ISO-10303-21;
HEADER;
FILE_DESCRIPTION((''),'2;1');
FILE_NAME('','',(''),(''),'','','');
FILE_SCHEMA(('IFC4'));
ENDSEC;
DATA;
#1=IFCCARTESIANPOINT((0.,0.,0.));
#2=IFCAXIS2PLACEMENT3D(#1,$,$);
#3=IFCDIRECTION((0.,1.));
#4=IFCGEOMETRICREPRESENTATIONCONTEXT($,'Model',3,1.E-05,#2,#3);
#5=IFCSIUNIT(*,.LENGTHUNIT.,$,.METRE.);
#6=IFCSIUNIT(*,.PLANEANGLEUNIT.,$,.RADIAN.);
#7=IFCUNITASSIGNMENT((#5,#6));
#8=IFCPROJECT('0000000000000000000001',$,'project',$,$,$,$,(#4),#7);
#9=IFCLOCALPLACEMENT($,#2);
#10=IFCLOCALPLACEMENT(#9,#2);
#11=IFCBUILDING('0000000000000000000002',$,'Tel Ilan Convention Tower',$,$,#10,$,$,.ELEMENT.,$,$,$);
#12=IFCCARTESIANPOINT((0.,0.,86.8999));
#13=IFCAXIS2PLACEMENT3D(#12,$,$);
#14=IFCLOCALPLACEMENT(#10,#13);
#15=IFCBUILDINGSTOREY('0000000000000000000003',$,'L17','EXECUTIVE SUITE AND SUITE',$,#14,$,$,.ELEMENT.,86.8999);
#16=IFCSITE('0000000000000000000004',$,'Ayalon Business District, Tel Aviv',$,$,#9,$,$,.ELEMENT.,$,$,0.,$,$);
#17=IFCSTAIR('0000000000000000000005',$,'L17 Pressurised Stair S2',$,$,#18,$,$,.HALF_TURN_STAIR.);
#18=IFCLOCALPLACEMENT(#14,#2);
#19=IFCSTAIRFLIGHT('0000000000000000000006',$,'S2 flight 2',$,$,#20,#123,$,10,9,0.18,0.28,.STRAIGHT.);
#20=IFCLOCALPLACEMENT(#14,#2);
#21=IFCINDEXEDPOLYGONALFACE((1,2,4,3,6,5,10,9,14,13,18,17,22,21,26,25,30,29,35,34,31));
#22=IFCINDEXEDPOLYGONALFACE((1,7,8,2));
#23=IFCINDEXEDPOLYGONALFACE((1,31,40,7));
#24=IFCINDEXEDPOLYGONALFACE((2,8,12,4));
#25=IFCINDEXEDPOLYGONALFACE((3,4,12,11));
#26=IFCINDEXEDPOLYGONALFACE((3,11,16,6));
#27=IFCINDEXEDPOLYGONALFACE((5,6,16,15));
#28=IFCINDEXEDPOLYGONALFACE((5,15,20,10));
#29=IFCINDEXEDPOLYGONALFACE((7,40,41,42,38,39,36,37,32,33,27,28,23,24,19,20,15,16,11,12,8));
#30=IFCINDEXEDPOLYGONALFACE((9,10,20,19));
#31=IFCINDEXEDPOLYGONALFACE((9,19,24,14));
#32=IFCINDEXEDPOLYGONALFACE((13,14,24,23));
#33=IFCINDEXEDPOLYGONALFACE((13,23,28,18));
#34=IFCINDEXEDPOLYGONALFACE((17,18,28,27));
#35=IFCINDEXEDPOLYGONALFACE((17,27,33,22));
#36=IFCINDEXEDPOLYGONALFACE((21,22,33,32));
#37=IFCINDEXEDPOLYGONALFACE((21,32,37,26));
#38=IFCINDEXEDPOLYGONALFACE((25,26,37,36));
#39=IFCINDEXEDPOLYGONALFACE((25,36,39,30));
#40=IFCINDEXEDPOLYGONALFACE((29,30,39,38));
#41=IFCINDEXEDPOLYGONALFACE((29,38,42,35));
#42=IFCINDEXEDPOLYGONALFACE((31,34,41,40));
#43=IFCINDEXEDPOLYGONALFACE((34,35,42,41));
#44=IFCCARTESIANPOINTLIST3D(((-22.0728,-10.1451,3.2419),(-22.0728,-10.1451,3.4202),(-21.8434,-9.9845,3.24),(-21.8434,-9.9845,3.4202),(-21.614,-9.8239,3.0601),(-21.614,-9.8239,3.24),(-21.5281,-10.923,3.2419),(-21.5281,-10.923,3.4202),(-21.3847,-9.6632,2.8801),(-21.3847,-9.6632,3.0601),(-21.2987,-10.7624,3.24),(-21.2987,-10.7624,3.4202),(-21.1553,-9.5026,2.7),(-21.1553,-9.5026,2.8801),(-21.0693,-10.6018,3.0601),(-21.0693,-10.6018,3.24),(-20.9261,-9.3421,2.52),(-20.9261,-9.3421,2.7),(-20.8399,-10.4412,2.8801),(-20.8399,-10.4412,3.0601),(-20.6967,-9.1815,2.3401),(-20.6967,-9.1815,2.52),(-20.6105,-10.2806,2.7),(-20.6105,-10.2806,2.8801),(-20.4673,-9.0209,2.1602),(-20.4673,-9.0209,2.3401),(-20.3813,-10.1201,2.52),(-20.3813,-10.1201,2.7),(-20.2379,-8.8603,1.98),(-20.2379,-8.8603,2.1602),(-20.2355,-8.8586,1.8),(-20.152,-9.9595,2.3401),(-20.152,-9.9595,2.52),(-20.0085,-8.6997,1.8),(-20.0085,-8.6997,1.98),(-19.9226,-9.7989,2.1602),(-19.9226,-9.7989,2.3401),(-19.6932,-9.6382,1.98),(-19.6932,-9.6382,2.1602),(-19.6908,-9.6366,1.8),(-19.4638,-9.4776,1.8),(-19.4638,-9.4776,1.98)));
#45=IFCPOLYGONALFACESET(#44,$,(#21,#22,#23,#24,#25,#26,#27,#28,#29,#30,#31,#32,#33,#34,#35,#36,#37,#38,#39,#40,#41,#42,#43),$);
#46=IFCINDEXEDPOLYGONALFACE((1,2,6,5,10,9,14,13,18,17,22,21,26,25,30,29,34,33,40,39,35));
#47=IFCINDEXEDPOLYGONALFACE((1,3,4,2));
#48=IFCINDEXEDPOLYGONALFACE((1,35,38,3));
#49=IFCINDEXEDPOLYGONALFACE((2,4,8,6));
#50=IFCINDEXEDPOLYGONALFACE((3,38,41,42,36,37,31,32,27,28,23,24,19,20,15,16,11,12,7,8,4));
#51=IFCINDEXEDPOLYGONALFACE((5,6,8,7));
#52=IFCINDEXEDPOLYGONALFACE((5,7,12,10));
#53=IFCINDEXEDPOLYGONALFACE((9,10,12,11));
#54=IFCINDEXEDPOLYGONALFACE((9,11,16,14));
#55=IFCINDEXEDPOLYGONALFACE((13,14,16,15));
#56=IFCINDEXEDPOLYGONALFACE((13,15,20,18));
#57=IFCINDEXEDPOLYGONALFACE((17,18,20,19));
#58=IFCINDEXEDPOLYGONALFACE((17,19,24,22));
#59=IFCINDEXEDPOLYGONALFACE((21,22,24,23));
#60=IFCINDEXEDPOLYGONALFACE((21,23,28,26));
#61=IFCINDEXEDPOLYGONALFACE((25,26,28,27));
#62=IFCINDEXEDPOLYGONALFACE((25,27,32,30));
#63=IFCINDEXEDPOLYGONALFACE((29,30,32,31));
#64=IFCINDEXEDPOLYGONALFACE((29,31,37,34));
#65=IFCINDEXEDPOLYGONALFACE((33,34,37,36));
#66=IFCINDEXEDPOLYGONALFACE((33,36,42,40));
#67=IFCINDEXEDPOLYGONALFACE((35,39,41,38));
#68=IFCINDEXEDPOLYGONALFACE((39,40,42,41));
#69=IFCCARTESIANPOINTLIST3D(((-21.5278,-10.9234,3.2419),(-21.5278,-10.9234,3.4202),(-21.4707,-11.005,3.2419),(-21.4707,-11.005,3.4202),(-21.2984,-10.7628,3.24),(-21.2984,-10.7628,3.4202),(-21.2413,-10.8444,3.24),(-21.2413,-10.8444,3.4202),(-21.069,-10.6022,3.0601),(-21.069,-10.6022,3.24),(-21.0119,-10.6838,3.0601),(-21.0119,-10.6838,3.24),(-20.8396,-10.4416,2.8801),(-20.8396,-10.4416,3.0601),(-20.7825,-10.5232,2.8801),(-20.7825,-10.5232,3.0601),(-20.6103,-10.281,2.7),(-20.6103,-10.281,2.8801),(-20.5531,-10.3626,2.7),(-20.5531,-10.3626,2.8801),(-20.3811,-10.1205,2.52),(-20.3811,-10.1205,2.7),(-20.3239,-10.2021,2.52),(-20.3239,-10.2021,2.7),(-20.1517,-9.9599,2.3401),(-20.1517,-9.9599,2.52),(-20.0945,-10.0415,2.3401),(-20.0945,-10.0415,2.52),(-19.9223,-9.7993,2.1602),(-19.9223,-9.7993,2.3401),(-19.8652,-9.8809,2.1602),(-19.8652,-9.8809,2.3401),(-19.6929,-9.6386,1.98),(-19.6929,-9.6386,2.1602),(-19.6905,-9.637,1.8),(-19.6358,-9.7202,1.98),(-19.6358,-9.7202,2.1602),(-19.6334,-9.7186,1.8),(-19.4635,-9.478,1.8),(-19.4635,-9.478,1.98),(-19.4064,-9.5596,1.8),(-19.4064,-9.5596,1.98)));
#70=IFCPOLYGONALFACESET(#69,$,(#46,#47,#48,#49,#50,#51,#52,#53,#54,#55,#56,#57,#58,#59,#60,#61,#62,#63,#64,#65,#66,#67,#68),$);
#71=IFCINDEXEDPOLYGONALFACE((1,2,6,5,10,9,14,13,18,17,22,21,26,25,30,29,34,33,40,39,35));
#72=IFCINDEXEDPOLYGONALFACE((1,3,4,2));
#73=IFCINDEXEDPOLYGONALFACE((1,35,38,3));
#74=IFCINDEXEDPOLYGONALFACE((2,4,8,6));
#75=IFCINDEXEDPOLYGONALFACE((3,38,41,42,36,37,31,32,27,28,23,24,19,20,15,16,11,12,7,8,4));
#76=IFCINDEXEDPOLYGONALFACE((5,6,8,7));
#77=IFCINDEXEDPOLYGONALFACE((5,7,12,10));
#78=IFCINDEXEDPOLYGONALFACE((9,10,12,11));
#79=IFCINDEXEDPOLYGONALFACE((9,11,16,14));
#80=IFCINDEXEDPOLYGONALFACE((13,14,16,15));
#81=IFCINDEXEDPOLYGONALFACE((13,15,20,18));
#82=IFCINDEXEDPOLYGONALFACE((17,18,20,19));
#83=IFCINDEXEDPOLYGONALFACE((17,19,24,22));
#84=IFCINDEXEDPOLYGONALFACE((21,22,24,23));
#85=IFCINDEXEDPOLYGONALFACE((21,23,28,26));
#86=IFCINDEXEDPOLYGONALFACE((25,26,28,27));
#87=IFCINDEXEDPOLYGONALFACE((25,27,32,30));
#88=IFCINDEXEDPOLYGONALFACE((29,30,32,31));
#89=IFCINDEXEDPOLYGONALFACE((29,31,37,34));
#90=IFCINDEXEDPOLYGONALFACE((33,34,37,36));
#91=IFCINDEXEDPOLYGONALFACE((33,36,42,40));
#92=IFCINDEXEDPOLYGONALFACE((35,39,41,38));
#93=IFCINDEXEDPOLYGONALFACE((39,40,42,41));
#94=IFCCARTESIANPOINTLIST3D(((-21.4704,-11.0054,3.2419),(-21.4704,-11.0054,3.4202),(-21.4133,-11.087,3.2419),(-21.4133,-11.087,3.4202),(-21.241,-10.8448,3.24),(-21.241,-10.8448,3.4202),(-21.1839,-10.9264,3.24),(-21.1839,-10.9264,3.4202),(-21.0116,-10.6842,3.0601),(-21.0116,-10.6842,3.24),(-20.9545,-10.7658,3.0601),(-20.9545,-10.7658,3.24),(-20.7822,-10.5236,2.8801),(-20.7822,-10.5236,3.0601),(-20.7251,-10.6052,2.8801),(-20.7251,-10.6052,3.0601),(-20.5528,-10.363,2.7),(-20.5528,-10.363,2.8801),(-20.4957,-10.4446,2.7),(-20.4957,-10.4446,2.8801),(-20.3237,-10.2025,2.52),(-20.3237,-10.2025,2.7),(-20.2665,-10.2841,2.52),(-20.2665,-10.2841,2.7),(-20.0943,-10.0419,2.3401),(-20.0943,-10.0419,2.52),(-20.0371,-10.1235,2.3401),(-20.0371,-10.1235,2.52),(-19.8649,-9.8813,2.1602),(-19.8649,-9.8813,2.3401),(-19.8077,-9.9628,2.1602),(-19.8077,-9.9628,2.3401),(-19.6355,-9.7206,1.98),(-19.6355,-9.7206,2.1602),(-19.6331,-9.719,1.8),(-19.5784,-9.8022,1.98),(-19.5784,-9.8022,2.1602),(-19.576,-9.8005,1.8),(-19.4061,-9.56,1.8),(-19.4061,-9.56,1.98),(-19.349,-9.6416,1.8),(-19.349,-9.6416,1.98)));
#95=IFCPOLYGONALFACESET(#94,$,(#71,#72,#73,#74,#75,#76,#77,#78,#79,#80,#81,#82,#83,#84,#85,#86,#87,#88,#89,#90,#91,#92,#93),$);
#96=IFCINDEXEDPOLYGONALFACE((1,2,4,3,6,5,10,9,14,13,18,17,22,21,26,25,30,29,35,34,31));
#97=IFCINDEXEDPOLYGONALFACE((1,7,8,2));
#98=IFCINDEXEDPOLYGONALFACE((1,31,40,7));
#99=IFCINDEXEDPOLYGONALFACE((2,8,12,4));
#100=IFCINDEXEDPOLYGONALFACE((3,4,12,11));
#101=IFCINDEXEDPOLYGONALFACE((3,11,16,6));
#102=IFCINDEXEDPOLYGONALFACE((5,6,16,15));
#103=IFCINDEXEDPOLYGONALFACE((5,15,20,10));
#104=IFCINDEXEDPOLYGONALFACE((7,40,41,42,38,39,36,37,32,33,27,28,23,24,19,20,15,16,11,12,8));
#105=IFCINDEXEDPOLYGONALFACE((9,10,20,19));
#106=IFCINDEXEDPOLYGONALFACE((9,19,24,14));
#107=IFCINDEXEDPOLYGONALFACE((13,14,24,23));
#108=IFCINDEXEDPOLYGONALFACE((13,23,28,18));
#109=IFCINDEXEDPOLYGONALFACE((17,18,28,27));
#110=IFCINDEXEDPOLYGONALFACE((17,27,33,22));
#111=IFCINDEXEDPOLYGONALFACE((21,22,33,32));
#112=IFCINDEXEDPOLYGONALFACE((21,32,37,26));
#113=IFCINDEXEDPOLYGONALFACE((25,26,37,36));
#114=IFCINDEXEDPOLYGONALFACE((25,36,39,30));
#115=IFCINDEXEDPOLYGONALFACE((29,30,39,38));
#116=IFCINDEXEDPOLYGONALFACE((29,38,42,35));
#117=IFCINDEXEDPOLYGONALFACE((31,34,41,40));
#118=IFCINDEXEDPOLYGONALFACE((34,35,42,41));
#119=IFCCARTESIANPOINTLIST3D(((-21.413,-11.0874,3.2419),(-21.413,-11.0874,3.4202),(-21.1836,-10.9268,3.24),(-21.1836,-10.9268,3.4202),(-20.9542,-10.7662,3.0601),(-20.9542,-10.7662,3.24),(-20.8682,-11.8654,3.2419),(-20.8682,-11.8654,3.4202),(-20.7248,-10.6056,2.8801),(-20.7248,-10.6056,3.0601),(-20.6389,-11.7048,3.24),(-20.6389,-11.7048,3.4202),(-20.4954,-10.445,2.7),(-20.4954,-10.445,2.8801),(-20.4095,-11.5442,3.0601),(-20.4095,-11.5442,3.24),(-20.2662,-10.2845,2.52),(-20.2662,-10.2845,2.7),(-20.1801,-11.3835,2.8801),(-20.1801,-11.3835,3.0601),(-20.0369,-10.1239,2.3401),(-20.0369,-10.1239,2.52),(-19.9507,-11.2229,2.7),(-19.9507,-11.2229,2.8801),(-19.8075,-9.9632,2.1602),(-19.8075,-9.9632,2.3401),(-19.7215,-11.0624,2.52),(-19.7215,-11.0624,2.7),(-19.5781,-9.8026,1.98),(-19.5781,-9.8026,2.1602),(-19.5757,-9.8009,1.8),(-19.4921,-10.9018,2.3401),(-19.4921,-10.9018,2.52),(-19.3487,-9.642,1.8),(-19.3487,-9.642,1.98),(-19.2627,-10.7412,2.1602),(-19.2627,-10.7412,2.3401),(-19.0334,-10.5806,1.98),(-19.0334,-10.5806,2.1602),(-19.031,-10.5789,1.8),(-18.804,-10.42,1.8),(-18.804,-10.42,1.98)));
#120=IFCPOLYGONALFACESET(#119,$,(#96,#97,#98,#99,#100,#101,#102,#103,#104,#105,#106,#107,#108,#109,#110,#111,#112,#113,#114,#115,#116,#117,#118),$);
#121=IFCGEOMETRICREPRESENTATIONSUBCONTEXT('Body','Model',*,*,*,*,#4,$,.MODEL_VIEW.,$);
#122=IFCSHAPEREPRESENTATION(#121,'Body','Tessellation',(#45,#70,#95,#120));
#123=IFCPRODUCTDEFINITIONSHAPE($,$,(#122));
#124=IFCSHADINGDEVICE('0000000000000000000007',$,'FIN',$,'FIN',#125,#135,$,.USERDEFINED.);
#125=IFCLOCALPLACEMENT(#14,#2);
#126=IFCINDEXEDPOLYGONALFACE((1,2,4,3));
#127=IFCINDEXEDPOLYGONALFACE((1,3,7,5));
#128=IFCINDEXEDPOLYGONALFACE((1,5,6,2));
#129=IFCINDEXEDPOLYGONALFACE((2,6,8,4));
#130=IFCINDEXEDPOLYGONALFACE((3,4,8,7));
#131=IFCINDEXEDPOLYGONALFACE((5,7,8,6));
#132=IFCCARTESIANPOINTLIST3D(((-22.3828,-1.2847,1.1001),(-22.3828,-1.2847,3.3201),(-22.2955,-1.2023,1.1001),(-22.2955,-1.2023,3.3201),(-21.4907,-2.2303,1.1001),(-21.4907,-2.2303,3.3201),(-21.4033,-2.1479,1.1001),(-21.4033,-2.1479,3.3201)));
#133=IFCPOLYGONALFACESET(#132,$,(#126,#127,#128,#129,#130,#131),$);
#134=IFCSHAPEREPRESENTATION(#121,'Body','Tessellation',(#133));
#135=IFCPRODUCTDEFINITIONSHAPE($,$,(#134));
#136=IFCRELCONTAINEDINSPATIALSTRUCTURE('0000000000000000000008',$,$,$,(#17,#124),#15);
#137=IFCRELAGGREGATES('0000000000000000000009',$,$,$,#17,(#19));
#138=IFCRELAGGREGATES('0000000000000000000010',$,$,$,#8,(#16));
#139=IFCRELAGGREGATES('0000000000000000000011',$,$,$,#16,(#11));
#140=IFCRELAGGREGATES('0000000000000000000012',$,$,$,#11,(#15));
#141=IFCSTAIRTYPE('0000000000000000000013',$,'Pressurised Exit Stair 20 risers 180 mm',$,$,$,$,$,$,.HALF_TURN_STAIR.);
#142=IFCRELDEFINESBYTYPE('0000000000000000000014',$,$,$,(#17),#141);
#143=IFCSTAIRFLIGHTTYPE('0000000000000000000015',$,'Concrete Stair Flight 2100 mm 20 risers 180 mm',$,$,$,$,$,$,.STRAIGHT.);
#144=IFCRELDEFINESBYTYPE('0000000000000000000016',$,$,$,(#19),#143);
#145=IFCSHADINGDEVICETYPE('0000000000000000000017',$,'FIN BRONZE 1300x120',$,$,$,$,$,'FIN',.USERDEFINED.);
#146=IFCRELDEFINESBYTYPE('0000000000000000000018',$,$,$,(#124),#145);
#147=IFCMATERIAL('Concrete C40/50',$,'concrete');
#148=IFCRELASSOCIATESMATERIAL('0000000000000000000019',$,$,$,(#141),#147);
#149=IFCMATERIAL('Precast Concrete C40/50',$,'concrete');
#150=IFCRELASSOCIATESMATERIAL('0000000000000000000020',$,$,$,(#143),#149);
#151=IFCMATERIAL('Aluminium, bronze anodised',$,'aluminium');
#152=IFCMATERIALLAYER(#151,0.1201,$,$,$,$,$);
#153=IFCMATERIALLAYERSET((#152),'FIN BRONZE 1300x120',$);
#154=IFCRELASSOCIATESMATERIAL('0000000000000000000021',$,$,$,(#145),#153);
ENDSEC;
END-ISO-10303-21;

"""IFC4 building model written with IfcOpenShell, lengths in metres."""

from ifc_helpers import new_model, si_unit, direction, frame, origin, origin_2d, place, context, subcontext, project, spatial, polyline, rectangle, outline, extrude, material, layer, layer_set, type_object, element, aggregate, save


model = new_model("IFC4")

# Units and contexts
model_context = context("Model", 3, precision=1e-05, world=origin(), true_north=direction((0.0, 1.0)))
body_context = subcontext(model_context, "Body", "Model", "MODEL_VIEW")
ifc_project = project(units=[si_unit("LENGTHUNIT", "METRE"), si_unit("PLANEANGLEUNIT", "RADIAN")], contexts=[model_context])

# Site, building, storey
site_placement = place(None, origin())
site = spatial("IfcSite", under=ifc_project, at=site_placement, Name="Ayalon Business District, Tel Aviv", CompositionType="ELEMENT", RefElevation=0.0)
building_placement = place(site_placement, origin())
building = spatial("IfcBuilding", under=site, at=building_placement, Name="Tel Ilan Convention Tower", CompositionType="ELEMENT")
storey_placement = place(building_placement, frame((0.0, 0.0, 86.8999)))
storey = spatial("IfcBuildingStorey", under=building, at=storey_placement, Name="L17", Description="EXECUTIVE SUITE AND SUITE", CompositionType="ELEMENT", Elevation=86.8999)

# Stair, stair flight
ifc_material_1 = material(Name="Concrete C40/50", Category="concrete")
stair_type = type_object("IfcStairType", Name="Pressurised Exit Stair 20 risers 180 mm", PredefinedType="HALF_TURN_STAIR", material=ifc_material_1)
ifc_material_2 = material(Name="Precast Concrete C40/50", Category="concrete")
stair_flight_type = type_object("IfcStairFlightType", Name="Concrete Stair Flight 2100 mm 20 risers 180 mm", PredefinedType="STRAIGHT", material=ifc_material_2)
stair_1_placement = place(storey_placement, origin())
stair_1 = element("IfcStair", 1, at=stair_1_placement, inside=storey, type_object=stair_type, Name="L17 Pressurised Stair S2", PredefinedType="HALF_TURN_STAIR")
stair_flight_1_placement = place(storey_placement, frame((-19.4062, -9.5598, 1.8), z_axis=(0.0, 0.0, 1.0), x_axis=(-0.819152, -0.573576, 0.0)))
stair_flight_1 = element("IfcStairFlight", 2, at=stair_flight_1_placement, type_object=stair_flight_type, Name="S2 flight 2", NumberOfRisers=10, NumberOfTreads=9, PredefinedType="STRAIGHT", RiserHeight=0.18, TreadLength=0.28, context=body_context, shape_type="SweptSolid", body=[
    extrude(outline(polyline([(0.0, 0.0), (0.0, 0.1799), (0.28, 0.1799), (0.28, 0.3601), (0.5601, 0.3601), (0.5601, 0.54), (0.8401, 0.54), (0.8401, 0.72), (1.1201, 0.72), (1.1201, 0.8999), (1.3999, 0.8999), (1.3999, 1.0801), (1.6799, 1.0801), (1.6799, 1.26), (1.96, 1.26), (1.96, 1.4399), (2.24, 1.4399), (2.24, 1.6201), (2.52, 1.6201), (2.52, 1.8), (2.52, 1.4419), (0.2771, 0.0), (0.0, 0.0)])), frame((0.0, -0.1003, 0.0), z_axis=(0.0, -1.0, 0.0), x_axis=(1.0, 0.0, 0.0)), (0.0, 0.0, 1.0), 0.9497),
    extrude(outline(polyline([(0.0, 0.0), (0.0, 0.1799), (0.28, 0.1799), (0.28, 0.3601), (0.5601, 0.3601), (0.5601, 0.54), (0.8401, 0.54), (0.8401, 0.72), (1.1201, 0.72), (1.1201, 0.8999), (1.3999, 0.8999), (1.3999, 1.0801), (1.6799, 1.0801), (1.6799, 1.26), (1.96, 1.26), (1.96, 1.4399), (2.24, 1.4399), (2.24, 1.6201), (2.52, 1.6201), (2.52, 1.8), (2.52, 1.4419), (0.2771, 0.0), (0.0, 0.0)])), frame((0.0, -0.0002, 0.0), z_axis=(0.0, -1.0, 0.0), x_axis=(1.0, 0.0, 0.0)), (0.0, 0.0, 1.0), 0.0996),
    extrude(outline(polyline([(0.0, 0.0), (0.0, 0.1799), (0.28, 0.1799), (0.28, 0.3601), (0.5601, 0.3601), (0.5601, 0.54), (0.8401, 0.54), (0.8401, 0.72), (1.1201, 0.72), (1.1201, 0.8999), (1.3999, 0.8999), (1.3999, 1.0801), (1.6799, 1.0801), (1.6799, 1.26), (1.96, 1.26), (1.96, 1.4399), (2.24, 1.4399), (2.24, 1.6201), (2.52, 1.6201), (2.52, 1.8), (2.52, 1.4419), (0.2771, 0.0), (0.0, 0.0)])), frame((0.0, 0.0999, 0.0), z_axis=(0.0, -1.0, 0.0), x_axis=(1.0, 0.0, 0.0)), (0.0, 0.0, 1.0), 0.0996),
    extrude(outline(polyline([(0.0, 0.0), (0.0, 0.1799), (0.28, 0.1799), (0.28, 0.3601), (0.5601, 0.3601), (0.5601, 0.54), (0.8401, 0.54), (0.8401, 0.72), (1.1201, 0.72), (1.1201, 0.8999), (1.3999, 0.8999), (1.3999, 1.0801), (1.6799, 1.0801), (1.6799, 1.26), (1.96, 1.26), (1.96, 1.4399), (2.24, 1.4399), (2.24, 1.6201), (2.52, 1.6201), (2.52, 1.8), (2.52, 1.4419), (0.2771, 0.0), (0.0, 0.0)])), frame((0.0, 1.05, 0.0), z_axis=(0.0, -1.0, 0.0), x_axis=(1.0, 0.0, 0.0)), (0.0, 0.0, 1.0), 0.9497),
])
aggregate(stair_1, [stair_flight_1])

# Shading device
ifc_material_3 = material(Name="Aluminium, bronze anodised", Category="aluminium")
ifc_layer_1 = layer(ifc_material_3, 0.1201)
ifc_layer_set_1 = layer_set([ifc_layer_1], Name="FIN BRONZE 1300x120")
shading_device_type = type_object("IfcShadingDeviceType", Name="FIN BRONZE 1300x120", ElementType="FIN", PredefinedType="USERDEFINED", material=ifc_layer_set_1)
shading_device_placement = place(storey_placement, frame((-21.8931, -1.7163, 1.1001), z_axis=(0.0, 0.0, 1.0), x_axis=(-0.686242, 0.727374, 0.0)))
element("IfcShadingDevice", 3, at=shading_device_placement, inside=storey, type_object=shading_device_type, Name="FIN", ObjectType="FIN", PredefinedType="USERDEFINED", context=body_context, shape_type="SweptSolid", body=[
    extrude(rectangle(XDim=1.3, YDim=0.1201, at=origin_2d()), origin(), (0.0, 0.0, 1.0), 2.22),
])

save(model, "model.ifc")
